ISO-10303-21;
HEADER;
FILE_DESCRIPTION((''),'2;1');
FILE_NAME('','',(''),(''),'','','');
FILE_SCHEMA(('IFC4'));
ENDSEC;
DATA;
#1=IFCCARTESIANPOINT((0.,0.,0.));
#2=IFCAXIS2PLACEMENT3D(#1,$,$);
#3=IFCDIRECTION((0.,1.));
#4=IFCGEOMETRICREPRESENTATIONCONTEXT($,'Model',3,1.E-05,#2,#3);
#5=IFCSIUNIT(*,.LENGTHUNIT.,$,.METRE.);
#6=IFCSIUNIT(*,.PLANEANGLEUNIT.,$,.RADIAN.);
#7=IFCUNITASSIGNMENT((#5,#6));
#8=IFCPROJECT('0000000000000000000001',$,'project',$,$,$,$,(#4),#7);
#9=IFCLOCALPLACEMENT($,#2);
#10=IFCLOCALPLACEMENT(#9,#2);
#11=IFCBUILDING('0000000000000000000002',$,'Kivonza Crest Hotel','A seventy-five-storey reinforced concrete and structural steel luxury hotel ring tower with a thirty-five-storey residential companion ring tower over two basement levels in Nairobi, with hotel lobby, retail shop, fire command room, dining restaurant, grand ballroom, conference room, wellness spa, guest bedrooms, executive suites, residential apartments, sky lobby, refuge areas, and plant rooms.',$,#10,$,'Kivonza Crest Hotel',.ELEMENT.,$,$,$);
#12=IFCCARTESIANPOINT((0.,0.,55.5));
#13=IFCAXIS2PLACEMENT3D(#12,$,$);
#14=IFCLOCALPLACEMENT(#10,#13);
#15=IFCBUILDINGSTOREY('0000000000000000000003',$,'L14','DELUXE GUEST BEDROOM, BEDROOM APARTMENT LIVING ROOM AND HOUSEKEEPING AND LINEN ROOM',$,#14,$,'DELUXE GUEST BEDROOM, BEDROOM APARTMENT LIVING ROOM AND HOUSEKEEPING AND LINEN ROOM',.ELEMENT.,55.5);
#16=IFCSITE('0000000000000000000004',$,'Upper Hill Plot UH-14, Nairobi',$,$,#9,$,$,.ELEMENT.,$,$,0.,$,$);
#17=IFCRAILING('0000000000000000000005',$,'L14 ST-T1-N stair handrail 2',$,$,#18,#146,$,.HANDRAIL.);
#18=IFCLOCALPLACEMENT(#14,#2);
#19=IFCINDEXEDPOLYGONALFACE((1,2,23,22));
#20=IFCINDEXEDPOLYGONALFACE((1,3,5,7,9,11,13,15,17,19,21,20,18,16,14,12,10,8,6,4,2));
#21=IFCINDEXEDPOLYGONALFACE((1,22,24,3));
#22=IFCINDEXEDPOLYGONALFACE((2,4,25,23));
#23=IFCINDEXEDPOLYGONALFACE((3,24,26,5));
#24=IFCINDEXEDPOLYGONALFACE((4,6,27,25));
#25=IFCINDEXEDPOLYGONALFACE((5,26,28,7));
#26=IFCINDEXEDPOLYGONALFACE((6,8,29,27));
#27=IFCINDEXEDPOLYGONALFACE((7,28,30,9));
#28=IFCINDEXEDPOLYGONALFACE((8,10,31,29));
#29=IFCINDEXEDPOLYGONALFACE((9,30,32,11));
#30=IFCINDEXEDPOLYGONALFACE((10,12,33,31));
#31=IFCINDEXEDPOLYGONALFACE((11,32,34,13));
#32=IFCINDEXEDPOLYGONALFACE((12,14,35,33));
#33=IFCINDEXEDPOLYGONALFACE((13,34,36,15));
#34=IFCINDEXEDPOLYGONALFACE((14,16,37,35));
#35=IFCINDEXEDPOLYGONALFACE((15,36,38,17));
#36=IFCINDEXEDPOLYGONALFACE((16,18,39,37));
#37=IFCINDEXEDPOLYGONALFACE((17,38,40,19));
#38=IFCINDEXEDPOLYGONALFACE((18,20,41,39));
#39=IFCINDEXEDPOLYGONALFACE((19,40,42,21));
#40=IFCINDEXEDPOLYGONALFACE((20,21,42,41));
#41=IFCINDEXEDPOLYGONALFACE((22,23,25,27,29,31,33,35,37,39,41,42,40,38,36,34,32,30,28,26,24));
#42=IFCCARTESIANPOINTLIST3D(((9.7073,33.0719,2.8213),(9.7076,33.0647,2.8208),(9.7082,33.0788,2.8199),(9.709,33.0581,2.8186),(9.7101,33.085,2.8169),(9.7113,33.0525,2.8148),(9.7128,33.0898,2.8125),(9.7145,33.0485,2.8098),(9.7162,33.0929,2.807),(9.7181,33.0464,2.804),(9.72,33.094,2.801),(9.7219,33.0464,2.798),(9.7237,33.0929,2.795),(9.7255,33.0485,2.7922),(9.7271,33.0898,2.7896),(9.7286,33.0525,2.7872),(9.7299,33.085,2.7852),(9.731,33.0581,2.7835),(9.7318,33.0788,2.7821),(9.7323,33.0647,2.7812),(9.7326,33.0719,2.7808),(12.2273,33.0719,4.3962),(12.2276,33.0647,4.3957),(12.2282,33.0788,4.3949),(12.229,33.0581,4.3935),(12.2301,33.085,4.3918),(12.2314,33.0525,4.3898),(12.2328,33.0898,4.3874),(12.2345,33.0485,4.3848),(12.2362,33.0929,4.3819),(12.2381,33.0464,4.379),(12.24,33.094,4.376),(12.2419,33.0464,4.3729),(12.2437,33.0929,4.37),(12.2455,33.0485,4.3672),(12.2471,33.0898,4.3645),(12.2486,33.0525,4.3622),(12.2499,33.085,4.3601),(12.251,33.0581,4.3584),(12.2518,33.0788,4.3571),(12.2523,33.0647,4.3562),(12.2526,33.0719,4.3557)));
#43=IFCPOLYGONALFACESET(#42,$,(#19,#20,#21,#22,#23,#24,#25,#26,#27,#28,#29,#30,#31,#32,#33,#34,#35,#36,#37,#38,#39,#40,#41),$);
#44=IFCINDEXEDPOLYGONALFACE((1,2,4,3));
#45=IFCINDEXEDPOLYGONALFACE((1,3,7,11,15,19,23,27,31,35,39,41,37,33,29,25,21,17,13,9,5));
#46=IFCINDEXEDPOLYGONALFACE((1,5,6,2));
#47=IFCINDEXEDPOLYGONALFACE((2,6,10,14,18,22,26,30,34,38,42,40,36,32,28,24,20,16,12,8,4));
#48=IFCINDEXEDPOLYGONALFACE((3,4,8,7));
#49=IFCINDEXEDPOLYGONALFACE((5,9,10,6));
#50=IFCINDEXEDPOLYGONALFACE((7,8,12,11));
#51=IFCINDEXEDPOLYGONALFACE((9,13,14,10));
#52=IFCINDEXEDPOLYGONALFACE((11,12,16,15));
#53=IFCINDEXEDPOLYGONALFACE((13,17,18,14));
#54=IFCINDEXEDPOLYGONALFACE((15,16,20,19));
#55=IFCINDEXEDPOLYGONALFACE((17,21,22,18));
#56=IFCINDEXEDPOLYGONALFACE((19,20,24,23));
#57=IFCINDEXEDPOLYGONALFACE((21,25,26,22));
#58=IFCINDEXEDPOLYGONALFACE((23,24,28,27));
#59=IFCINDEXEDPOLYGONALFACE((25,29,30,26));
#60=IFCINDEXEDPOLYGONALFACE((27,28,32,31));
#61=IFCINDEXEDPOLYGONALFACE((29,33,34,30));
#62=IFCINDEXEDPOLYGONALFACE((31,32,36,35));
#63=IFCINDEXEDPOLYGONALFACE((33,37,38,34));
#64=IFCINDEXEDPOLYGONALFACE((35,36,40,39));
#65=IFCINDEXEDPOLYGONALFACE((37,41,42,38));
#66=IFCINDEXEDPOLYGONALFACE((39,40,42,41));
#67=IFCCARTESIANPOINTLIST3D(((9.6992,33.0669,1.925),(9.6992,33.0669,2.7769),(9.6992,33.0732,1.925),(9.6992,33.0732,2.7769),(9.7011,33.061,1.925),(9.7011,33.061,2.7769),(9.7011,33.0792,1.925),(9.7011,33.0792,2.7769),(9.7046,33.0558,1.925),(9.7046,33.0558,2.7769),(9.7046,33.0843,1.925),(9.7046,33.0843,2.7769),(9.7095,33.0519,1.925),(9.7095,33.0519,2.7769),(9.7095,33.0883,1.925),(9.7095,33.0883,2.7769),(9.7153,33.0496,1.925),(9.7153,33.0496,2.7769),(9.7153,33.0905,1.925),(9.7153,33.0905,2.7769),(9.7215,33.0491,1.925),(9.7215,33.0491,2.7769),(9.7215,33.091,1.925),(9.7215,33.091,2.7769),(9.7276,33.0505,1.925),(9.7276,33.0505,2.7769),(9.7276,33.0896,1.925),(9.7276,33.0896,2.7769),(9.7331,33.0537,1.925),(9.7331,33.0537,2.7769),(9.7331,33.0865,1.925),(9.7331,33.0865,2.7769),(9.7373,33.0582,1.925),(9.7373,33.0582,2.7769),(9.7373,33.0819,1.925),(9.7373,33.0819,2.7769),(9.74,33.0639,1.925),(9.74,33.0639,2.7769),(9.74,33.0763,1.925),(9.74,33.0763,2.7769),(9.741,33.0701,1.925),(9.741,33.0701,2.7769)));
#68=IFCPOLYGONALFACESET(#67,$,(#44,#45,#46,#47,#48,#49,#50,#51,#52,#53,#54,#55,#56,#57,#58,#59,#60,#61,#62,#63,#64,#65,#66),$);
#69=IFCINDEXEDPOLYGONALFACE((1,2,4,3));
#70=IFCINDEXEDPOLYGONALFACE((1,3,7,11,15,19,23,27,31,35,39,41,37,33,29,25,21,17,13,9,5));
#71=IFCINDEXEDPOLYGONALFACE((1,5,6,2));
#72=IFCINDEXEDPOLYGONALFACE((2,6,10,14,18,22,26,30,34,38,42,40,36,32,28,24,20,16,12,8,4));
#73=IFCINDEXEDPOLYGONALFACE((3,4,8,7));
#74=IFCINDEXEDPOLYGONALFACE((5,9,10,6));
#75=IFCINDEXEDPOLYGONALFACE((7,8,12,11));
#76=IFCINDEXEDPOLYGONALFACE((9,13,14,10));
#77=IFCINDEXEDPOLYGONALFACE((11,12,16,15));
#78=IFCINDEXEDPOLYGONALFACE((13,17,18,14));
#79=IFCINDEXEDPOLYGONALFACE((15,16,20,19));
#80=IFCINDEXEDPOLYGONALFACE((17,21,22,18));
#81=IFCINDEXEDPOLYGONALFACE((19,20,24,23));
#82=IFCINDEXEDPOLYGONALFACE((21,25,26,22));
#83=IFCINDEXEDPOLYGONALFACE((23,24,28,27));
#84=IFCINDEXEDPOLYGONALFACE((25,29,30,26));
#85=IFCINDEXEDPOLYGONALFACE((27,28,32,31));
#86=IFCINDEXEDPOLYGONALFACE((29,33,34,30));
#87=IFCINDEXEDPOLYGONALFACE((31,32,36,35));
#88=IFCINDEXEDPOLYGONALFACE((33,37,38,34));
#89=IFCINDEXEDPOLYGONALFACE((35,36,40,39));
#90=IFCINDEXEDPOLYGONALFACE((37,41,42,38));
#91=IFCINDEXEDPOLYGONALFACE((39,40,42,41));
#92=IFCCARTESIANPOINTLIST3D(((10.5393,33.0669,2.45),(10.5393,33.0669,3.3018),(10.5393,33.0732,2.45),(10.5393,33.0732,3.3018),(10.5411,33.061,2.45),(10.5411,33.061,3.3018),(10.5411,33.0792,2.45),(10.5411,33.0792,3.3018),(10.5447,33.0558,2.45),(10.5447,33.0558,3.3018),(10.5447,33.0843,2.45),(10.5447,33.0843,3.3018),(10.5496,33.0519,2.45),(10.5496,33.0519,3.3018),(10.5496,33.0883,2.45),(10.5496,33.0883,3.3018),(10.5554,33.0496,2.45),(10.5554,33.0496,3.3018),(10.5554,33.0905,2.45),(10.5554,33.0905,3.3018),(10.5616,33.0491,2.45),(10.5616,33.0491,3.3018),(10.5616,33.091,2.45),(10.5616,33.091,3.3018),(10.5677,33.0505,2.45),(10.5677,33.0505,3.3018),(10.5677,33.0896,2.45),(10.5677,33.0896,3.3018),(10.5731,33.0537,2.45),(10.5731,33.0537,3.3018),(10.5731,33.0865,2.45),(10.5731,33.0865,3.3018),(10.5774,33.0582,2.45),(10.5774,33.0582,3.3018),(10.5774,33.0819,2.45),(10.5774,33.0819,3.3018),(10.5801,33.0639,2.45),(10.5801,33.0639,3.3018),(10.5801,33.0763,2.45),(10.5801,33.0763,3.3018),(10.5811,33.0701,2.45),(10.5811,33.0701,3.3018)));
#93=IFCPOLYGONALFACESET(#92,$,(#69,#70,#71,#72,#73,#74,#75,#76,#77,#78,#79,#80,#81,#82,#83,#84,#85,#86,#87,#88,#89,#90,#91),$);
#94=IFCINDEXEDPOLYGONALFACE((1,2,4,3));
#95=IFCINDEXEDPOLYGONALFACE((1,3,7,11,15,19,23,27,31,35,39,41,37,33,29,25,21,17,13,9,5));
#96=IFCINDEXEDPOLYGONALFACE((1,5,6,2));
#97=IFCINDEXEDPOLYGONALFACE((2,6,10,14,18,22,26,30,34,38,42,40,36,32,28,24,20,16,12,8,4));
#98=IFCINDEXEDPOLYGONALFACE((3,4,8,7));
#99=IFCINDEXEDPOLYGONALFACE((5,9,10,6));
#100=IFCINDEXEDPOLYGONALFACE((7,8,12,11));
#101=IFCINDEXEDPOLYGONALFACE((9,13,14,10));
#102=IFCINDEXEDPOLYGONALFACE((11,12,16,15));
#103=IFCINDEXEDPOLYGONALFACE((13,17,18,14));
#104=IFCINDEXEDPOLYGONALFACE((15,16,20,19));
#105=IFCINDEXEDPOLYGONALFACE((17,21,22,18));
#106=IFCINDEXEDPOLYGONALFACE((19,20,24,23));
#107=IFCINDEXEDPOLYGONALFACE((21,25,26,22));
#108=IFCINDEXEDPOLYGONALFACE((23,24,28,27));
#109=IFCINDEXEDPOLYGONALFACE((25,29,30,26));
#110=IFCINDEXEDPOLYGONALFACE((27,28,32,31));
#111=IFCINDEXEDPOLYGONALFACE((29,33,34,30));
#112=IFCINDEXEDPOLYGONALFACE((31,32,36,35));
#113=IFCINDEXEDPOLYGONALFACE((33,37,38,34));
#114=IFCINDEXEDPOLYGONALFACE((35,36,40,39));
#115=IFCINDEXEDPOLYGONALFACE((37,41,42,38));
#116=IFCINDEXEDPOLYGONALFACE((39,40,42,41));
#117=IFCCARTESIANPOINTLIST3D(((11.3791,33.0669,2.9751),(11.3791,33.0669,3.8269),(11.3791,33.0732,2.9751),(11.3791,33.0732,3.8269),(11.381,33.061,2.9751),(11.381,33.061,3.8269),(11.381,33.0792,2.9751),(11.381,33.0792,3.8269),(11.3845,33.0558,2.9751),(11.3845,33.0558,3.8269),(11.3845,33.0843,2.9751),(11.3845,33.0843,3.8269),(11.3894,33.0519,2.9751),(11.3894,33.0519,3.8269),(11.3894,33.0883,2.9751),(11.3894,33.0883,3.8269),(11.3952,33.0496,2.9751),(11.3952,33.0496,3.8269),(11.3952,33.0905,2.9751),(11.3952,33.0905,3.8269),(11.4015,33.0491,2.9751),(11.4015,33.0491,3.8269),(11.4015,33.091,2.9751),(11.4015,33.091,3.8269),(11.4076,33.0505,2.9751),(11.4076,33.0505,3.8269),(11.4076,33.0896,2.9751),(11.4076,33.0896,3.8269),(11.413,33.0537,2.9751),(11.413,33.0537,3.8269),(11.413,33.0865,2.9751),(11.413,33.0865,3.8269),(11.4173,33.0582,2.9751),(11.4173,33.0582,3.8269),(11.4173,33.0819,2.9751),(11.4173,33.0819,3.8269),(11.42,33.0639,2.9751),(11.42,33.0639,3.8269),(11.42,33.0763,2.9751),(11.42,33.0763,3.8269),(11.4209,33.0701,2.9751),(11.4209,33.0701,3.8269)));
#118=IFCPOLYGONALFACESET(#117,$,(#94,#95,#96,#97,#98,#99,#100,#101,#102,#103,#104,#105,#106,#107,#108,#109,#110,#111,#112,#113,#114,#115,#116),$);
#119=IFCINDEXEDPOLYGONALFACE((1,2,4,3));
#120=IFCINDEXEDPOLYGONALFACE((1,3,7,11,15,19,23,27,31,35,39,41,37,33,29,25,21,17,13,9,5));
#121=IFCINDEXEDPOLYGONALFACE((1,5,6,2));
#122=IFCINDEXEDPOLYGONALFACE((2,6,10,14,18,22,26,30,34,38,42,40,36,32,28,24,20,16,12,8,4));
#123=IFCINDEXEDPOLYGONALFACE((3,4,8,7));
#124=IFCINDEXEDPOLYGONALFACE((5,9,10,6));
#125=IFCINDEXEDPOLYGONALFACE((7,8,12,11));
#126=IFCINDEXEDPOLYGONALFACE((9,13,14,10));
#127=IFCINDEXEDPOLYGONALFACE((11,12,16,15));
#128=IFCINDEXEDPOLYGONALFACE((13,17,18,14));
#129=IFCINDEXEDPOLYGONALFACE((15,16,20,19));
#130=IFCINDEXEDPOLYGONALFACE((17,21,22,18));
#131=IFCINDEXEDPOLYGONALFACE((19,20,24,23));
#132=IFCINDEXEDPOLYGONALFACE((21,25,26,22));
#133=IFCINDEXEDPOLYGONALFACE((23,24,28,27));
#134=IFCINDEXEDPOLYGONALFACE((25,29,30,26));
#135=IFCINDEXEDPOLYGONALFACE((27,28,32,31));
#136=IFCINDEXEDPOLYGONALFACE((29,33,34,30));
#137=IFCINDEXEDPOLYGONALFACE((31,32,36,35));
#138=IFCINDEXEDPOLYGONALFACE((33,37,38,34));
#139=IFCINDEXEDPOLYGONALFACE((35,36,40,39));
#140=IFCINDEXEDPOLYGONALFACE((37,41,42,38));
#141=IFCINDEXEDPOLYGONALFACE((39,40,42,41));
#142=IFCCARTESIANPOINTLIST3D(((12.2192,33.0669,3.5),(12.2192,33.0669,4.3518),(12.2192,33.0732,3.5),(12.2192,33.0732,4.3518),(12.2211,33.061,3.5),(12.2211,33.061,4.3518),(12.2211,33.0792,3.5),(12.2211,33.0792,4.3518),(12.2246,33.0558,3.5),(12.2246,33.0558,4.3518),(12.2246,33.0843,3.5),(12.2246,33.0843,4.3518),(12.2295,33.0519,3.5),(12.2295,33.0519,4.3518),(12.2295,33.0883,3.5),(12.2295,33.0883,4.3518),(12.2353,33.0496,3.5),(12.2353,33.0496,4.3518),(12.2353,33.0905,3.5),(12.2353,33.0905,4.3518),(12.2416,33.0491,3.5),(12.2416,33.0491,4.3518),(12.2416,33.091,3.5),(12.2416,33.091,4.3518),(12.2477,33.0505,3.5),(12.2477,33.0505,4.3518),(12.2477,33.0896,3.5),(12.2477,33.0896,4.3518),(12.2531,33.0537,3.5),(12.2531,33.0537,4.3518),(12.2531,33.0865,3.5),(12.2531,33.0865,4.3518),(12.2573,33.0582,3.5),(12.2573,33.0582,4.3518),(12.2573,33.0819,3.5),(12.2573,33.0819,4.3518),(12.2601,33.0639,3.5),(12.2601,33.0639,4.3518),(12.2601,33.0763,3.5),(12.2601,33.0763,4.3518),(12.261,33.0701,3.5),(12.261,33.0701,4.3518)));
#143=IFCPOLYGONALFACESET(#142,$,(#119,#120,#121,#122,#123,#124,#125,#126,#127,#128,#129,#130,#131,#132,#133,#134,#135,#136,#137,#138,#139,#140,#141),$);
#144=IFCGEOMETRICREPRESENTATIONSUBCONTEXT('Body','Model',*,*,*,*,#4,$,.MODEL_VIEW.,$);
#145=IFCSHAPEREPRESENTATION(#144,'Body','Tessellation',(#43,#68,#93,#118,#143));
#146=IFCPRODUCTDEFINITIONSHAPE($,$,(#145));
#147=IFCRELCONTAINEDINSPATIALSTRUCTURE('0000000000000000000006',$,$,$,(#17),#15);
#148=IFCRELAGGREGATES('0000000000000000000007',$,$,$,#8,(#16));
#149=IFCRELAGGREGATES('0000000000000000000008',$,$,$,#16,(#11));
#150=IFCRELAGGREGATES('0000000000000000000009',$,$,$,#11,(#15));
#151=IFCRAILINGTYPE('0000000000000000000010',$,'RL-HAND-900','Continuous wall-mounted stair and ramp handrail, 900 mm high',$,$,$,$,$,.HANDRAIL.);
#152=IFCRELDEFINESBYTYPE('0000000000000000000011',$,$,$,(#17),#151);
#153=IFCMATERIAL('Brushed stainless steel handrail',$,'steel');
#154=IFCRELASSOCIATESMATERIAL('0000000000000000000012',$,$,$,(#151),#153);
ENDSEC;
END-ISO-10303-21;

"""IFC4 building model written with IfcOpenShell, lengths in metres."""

from ifc_helpers import new_model, si_unit, direction, frame, origin, origin_2d, place, context, subcontext, project, spatial, circle, extrude, material, type_object, element, save


model = new_model("IFC4")

# Units and contexts
model_context = context("Model", 3, precision=1e-05, world=origin(), true_north=direction((0.0, 1.0)))
body_context = subcontext(model_context, "Body", "Model", "MODEL_VIEW")
ifc_project = project(units=[si_unit("LENGTHUNIT", "METRE"), si_unit("PLANEANGLEUNIT", "RADIAN")], contexts=[model_context])

# Site, building, storey
site_placement = place(None, origin())
site = spatial("IfcSite", under=ifc_project, at=site_placement, Name="Upper Hill Plot UH-14, Nairobi", CompositionType="ELEMENT", RefElevation=0.0)
building_placement = place(site_placement, origin())
building = spatial("IfcBuilding", under=site, at=building_placement, Name="Kivonza Crest Hotel", Description="A seventy-five-storey reinforced concrete and structural steel luxury hotel ring tower with a thirty-five-storey residential companion ring tower over two basement levels in Nairobi, with hotel lobby, retail shop, fire command room, dining restaurant, grand ballroom, conference room, wellness spa, guest bedrooms, executive suites, residential apartments, sky lobby, refuge areas, and plant rooms.", LongName="Kivonza Crest Hotel", CompositionType="ELEMENT")
storey_placement = place(building_placement, frame((0.0, 0.0, 55.5)))
storey = spatial("IfcBuildingStorey", under=building, at=storey_placement, Name="L14", Description="DELUXE GUEST BEDROOM, BEDROOM APARTMENT LIVING ROOM AND HOUSEKEEPING AND LINEN ROOM", LongName="DELUXE GUEST BEDROOM, BEDROOM APARTMENT LIVING ROOM AND HOUSEKEEPING AND LINEN ROOM", CompositionType="ELEMENT", Elevation=55.5)

# Railing
ifc_material_1 = material(Name="Brushed stainless steel handrail", Category="steel")
railing_type_1 = type_object("IfcRailingType", Name="RL-HAND-900", Description="Continuous wall-mounted stair and ramp handrail, 900 mm high", PredefinedType="HANDRAIL", material=ifc_material_1)
railing_1_placement = place(storey_placement, frame((9.72, 33.0701, 1.925)))
element("IfcRailing", 1, at=railing_1_placement, inside=storey, type_object=railing_type_1, Name="L14 ST-T1-N stair handrail 2", PredefinedType="HANDRAIL", context=body_context, shape_type="SweptSolid", body=[
    extrude(circle(Radius=0.0239, at=origin_2d()), frame((0.0, 0.0, 0.876), z_axis=(0.848008, 0.0, 0.529984), x_axis=(0.0, 1.0, 0.0)), (0.0, 0.0, 1.0), 2.9717),
    extrude(circle(Radius=0.021, at=origin_2d()), origin(), (0.0, 0.0, 1.0), 0.8518),
    extrude(circle(Radius=0.021, at=origin_2d()), frame((0.8401, 0.0, 0.5249)), (0.0, 0.0, 1.0), 0.8518),
    extrude(circle(Radius=0.021, at=origin_2d()), frame((1.6799, 0.0, 1.05)), (0.0, 0.0, 1.0), 0.8518),
    extrude(circle(Radius=0.021, at=origin_2d()), frame((2.52, 0.0, 1.575)), (0.0, 0.0, 1.0), 0.8518),
])

save(model, "model.ifc")
